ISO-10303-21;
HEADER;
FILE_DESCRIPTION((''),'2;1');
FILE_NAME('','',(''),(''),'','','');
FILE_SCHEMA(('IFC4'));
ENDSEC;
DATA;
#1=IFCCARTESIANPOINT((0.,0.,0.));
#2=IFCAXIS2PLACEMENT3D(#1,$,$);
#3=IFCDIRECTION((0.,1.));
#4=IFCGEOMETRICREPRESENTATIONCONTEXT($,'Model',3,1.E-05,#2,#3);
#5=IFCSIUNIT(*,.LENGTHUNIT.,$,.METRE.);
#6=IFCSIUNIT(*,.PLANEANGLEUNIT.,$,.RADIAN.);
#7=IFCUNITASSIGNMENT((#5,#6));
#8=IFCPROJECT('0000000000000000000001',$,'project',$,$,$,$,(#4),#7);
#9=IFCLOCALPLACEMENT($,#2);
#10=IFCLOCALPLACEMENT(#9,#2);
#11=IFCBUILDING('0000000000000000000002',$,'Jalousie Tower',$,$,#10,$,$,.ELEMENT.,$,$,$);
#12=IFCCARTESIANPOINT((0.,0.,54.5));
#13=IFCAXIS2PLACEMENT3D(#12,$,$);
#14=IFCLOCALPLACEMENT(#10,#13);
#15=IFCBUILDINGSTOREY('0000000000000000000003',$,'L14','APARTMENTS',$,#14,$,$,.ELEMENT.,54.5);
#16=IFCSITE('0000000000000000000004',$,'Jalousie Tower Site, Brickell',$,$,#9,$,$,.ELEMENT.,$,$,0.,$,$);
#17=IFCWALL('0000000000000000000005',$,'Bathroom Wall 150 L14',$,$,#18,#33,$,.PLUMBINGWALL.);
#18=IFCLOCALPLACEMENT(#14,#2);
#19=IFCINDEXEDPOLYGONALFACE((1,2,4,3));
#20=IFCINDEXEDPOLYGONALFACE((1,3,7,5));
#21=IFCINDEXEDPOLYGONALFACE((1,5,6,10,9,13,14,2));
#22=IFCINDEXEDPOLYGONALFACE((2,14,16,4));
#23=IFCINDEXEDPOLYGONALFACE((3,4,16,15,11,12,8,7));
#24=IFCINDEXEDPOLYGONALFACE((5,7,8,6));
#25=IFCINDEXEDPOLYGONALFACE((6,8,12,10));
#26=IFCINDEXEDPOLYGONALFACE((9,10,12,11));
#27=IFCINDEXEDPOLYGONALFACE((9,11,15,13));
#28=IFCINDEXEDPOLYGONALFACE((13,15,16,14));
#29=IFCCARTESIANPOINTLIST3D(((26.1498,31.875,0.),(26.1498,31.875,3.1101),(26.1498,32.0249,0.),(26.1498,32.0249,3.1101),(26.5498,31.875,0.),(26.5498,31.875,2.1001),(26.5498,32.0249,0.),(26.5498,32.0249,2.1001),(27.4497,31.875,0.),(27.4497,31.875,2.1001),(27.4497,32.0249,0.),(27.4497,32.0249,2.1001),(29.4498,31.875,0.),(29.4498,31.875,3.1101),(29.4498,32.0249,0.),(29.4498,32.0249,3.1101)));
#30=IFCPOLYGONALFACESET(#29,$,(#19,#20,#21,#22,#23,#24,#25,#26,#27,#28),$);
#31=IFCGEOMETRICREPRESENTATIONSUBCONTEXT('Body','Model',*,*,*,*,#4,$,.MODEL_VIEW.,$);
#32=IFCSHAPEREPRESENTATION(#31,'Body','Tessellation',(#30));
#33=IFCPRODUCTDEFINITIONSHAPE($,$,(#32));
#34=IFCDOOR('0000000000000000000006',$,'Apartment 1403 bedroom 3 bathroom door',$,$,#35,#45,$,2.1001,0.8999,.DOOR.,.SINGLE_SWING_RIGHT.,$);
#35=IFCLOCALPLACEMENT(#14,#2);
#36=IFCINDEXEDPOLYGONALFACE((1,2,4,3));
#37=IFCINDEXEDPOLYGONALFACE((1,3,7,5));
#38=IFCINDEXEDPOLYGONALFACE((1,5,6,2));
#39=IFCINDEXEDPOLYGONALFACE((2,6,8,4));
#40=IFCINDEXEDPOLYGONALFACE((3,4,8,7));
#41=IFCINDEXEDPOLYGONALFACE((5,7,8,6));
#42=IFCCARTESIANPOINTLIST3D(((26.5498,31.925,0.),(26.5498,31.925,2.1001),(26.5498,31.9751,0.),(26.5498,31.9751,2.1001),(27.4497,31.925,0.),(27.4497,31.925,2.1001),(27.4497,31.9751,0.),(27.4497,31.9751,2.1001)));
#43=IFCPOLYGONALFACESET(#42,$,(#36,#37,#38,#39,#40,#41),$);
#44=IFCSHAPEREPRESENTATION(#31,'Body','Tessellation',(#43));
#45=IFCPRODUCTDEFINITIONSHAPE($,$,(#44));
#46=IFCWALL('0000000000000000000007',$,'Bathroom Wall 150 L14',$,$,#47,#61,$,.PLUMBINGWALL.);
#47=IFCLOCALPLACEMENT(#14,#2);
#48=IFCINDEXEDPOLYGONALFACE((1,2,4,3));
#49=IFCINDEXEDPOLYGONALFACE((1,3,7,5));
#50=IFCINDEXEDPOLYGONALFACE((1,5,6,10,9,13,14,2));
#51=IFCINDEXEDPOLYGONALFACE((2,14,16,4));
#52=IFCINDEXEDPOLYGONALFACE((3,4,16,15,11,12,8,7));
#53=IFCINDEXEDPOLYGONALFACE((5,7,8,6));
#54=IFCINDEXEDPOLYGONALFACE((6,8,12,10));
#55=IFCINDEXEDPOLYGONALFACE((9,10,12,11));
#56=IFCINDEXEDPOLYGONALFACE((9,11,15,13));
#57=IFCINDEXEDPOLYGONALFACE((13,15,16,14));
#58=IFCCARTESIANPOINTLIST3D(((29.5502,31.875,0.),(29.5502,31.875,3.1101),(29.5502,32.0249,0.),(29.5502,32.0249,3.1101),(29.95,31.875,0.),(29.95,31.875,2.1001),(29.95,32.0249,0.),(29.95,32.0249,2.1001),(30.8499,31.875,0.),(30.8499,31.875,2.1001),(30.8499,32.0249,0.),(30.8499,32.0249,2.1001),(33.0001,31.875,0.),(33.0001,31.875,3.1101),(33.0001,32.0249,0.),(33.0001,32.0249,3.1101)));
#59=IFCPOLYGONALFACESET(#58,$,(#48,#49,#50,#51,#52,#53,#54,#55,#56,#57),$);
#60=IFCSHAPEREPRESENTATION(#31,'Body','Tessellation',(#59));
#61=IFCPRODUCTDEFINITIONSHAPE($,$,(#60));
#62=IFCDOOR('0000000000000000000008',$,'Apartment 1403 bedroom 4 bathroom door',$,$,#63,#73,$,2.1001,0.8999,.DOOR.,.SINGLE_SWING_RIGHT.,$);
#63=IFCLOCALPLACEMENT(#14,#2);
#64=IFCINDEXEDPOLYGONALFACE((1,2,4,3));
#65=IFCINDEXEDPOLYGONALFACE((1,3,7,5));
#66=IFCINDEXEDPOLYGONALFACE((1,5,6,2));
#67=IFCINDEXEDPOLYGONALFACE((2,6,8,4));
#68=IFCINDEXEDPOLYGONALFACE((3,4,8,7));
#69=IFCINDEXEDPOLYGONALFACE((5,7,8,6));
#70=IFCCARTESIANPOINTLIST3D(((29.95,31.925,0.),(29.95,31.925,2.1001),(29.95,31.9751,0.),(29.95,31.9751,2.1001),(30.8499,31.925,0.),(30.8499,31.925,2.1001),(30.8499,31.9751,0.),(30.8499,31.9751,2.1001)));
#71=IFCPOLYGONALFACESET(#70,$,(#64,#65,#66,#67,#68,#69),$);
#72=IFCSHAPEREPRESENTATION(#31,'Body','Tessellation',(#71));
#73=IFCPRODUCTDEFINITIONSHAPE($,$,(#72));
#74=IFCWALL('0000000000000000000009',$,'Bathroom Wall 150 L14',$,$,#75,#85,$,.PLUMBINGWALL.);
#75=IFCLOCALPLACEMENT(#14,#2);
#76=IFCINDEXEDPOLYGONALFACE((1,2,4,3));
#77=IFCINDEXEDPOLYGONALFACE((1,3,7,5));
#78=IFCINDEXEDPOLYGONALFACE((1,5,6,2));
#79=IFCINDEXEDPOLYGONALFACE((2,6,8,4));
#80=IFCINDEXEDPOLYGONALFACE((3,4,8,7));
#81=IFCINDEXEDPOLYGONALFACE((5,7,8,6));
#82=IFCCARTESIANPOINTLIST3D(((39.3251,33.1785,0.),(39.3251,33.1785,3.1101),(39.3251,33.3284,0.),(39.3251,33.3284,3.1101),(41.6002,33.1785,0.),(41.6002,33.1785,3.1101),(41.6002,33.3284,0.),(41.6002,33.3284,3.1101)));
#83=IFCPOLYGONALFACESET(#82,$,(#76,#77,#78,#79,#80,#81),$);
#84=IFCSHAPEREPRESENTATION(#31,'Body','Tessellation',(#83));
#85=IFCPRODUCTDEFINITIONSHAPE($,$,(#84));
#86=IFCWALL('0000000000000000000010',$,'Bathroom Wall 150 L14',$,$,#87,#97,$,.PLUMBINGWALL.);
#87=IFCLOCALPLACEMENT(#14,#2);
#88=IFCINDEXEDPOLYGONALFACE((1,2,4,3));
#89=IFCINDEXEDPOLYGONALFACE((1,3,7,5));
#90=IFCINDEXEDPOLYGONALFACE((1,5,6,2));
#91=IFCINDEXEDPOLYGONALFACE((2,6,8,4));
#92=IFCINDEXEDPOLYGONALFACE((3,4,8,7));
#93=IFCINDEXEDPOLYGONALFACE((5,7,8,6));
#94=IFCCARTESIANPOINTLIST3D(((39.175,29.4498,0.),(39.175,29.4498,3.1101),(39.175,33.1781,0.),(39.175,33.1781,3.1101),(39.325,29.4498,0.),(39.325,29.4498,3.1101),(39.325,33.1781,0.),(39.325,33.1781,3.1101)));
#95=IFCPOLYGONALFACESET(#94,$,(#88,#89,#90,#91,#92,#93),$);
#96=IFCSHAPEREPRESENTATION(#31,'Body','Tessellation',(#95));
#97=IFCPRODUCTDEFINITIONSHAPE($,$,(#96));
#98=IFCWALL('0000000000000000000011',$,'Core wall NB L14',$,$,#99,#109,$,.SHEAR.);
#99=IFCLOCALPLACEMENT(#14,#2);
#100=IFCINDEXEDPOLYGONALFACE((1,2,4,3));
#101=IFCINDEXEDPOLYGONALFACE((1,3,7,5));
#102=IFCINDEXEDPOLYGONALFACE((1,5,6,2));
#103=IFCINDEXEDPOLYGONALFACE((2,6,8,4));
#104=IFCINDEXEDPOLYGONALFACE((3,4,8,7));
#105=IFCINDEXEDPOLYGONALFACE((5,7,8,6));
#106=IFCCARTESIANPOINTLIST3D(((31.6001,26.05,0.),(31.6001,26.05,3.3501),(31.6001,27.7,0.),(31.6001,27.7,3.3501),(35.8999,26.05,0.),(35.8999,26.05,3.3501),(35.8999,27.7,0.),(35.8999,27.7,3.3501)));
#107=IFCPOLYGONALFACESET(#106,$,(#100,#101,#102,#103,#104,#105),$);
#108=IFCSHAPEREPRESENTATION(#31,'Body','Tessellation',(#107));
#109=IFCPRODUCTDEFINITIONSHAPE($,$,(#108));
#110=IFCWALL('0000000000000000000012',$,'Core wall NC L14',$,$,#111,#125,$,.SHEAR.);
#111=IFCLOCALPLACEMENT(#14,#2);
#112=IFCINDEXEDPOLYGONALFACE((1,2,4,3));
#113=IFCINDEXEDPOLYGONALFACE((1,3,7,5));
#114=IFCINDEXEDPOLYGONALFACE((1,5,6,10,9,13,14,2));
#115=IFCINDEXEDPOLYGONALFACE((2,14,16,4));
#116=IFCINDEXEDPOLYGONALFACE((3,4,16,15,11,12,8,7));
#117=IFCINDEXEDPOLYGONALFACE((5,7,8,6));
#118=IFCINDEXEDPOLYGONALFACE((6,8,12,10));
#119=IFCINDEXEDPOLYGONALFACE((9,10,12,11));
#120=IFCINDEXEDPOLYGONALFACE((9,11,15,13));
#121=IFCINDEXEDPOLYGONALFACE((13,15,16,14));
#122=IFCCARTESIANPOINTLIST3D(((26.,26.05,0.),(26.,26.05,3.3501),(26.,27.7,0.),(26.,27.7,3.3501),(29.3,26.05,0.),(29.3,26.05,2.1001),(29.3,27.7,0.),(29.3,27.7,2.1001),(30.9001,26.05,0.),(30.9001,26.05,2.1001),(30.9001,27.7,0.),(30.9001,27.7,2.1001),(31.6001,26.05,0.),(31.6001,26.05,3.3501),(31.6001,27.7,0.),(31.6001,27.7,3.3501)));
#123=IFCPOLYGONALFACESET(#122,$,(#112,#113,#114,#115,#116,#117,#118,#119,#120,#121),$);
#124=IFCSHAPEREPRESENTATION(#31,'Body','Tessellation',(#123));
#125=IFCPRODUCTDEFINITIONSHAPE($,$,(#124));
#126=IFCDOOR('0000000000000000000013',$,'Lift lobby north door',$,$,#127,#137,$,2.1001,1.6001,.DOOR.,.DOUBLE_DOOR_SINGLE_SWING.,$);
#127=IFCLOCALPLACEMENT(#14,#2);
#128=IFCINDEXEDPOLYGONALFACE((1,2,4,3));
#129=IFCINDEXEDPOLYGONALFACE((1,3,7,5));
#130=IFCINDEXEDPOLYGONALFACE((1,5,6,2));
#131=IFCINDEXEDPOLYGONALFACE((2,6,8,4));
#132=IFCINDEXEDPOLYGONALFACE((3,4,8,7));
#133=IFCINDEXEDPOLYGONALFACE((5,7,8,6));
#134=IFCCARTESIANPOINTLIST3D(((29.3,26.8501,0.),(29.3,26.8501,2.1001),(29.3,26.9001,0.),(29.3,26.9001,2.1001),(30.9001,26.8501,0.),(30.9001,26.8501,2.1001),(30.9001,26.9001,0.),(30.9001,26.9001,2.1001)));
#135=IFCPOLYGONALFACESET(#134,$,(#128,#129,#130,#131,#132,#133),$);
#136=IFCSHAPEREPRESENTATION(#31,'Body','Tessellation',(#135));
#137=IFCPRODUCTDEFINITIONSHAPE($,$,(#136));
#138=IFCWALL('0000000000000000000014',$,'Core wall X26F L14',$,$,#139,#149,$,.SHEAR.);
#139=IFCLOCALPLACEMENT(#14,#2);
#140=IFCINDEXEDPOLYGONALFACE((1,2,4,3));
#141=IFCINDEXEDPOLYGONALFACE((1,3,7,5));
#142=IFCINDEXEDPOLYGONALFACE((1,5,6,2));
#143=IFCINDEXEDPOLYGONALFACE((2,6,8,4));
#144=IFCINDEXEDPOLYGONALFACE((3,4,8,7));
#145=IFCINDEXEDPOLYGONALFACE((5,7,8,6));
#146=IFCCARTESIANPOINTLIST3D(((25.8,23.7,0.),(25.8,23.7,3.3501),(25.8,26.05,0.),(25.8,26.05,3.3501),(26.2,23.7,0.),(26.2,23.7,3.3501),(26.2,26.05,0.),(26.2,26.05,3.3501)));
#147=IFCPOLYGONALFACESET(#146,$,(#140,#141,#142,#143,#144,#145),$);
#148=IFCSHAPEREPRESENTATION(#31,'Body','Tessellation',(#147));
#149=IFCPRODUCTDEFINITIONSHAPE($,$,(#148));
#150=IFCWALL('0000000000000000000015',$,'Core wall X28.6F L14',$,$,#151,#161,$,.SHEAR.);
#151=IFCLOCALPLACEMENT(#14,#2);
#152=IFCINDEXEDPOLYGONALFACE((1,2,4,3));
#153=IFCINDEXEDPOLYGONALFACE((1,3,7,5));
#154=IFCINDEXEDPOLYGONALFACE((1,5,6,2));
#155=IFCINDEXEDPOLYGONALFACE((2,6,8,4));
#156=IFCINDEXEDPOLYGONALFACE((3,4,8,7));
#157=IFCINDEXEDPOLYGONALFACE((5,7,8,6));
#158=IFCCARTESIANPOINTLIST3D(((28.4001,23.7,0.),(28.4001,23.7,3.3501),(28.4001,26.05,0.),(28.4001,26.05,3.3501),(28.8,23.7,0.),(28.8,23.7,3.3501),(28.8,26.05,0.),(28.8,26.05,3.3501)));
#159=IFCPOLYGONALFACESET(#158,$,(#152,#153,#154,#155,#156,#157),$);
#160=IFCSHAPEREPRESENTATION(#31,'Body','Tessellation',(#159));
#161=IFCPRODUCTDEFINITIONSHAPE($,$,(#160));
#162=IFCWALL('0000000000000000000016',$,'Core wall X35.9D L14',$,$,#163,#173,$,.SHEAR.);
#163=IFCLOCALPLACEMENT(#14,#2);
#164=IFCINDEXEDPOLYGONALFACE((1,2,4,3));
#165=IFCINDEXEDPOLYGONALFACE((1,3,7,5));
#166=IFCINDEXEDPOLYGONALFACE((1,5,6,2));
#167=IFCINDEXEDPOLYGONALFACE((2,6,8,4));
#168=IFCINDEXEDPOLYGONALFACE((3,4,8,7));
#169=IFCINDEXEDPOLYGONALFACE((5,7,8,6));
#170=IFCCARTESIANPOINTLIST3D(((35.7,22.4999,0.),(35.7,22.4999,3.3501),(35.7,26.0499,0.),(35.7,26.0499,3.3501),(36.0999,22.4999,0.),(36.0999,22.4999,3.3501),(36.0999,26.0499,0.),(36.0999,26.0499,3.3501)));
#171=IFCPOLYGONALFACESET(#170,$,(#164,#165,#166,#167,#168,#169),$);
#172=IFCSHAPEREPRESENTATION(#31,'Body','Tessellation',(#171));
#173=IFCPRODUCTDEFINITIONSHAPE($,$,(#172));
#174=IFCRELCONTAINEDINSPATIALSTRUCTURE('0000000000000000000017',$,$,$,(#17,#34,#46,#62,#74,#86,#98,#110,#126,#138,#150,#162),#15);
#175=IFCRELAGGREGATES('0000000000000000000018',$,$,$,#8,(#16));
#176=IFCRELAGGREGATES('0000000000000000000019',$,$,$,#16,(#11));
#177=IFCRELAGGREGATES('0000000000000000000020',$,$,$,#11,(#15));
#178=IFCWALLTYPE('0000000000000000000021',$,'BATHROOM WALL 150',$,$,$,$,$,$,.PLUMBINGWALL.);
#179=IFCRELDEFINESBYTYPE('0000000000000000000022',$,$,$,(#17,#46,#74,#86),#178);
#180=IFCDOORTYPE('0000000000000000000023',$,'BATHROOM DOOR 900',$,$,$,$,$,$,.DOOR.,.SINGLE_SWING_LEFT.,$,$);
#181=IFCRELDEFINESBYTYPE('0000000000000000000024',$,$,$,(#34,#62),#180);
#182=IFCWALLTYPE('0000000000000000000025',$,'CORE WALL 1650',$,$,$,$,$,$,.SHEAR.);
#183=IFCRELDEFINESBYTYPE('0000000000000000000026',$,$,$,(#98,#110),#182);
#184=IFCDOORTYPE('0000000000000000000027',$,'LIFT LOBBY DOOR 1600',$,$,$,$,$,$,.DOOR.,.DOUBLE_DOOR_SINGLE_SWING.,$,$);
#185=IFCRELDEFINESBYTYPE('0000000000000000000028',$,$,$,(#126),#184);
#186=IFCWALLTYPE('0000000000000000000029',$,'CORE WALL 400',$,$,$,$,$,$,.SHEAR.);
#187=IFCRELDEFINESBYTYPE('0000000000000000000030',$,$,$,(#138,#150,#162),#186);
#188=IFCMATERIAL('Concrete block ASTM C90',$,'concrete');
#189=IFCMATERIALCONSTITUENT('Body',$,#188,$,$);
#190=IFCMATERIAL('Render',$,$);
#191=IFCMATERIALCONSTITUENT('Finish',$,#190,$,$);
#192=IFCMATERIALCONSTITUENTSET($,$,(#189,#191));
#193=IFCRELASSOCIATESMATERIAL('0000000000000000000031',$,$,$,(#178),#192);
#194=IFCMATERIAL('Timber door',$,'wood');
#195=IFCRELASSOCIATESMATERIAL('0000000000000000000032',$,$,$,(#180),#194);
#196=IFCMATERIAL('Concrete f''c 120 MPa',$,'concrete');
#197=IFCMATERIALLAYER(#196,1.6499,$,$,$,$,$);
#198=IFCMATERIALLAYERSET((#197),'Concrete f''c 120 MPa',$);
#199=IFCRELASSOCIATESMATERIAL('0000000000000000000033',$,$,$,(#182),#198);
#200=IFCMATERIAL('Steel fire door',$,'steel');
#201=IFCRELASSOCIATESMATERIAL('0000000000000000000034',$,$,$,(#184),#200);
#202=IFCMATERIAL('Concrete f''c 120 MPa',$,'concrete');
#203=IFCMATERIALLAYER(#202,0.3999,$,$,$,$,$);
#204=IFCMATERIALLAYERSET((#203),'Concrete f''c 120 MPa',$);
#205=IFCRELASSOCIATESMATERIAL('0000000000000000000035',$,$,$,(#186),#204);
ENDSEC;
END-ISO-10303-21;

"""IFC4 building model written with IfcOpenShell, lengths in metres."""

from ifc_helpers import new_model, si_unit, direction, frame, frame_2d, origin, place, context, subcontext, project, spatial, rectangle, extrude, material, layer, layer_set, constituent, constituent_set, type_object, element, fill, save


model = new_model("IFC4")

# Units and contexts
model_context = context("Model", 3, precision=1e-05, world=origin(), true_north=direction((0.0, 1.0)))
body_context = subcontext(model_context, "Body", "Model", "MODEL_VIEW")
ifc_project = project(units=[si_unit("LENGTHUNIT", "METRE"), si_unit("PLANEANGLEUNIT", "RADIAN")], contexts=[model_context])

# Site, building, storey
site_placement = place(None, origin())
site = spatial("IfcSite", under=ifc_project, at=site_placement, Name="Jalousie Tower Site, Brickell", CompositionType="ELEMENT", RefElevation=0.0)
building_placement = place(site_placement, origin())
building = spatial("IfcBuilding", under=site, at=building_placement, Name="Jalousie Tower", CompositionType="ELEMENT")
storey_placement = place(building_placement, frame((0.0, 0.0, 54.5)))
storey = spatial("IfcBuildingStorey", under=building, at=storey_placement, Name="L14", Description="APARTMENTS", CompositionType="ELEMENT", Elevation=54.5)

# Walls, openings, doors
ifc_material_1 = material(Name="Concrete block ASTM C90", Category="concrete")
ifc_constituent_1 = constituent(ifc_material_1, Name="Body")
ifc_material_2 = material(Name="Render")
ifc_constituent_2 = constituent(ifc_material_2, Name="Finish")
ifc_constituent_set_1 = constituent_set(constituents=[ifc_constituent_1, ifc_constituent_2])
wall_type_1 = type_object("IfcWallType", Name="BATHROOM WALL 150", PredefinedType="PLUMBINGWALL", material=ifc_constituent_set_1)
wall_1_placement = place(storey_placement, frame((26.1499, 31.95, 0.0), z_axis=(0.0, 0.0, 1.0), x_axis=(1.0, 0.0, 0.0)))
wall_1 = element("IfcWall", 1, at=wall_1_placement, inside=storey, type_object=wall_type_1, Name="Bathroom Wall 150 L14", PredefinedType="PLUMBINGWALL", context=body_context, shape_type="SweptSolid", body=[
    extrude(rectangle(XDim=3.3, YDim=0.1499, at=frame_2d((1.6499, 0.0))), origin(), (0.0, 0.0, 1.0), 3.1101),
])
opening_1_placement = place(wall_1_placement, frame((0.3999, 0.0, 0.0)))
opening_1 = element("IfcOpeningElement", 2, at=opening_1_placement, cuts=wall_1, PredefinedType="OPENING", context=body_context, shape_type="SweptSolid", body=[
    extrude(rectangle(XDim=0.8999, YDim=2.1001, at=frame_2d((0.45, 1.05))), frame((0.0, 0.085, 0.0), z_axis=(0.0, -1.0, 0.0), x_axis=(1.0, 0.0, 0.0)), (0.0, 0.0, 1.0), 0.1699),
])
ifc_material_3 = material(Name="Timber door", Category="wood")
door_type_1 = type_object("IfcDoorType", Name="BATHROOM DOOR 900", OperationType="SINGLE_SWING_LEFT", PredefinedType="DOOR", material=ifc_material_3)
door_1_placement = place(opening_1_placement, frame((0.8999, 0.0, 0.0), z_axis=(0.0, 0.0, 1.0), x_axis=(-1.0, 0.0, 0.0)))
door_1 = element("IfcDoor", 3, at=door_1_placement, inside=storey, type_object=door_type_1, Name="Apartment 1403 bedroom 3 bathroom door", OperationType="SINGLE_SWING_RIGHT", OverallHeight=2.1001, OverallWidth=0.8999, PredefinedType="DOOR", context=body_context, shape_type="SweptSolid", body=[
    extrude(rectangle(XDim=0.8999, YDim=2.1001, at=frame_2d((0.45, 1.05))), frame((0.0, 0.0249, 0.0), z_axis=(0.0, -1.0, 0.0), x_axis=(1.0, 0.0, 0.0)), (0.0, 0.0, 1.0), 0.05),
])
fill(opening_1, door_1)
wall_2_placement = place(storey_placement, frame((29.55, 31.95, 0.0), z_axis=(0.0, 0.0, 1.0), x_axis=(1.0, 0.0, 0.0)))
wall_2 = element("IfcWall", 4, at=wall_2_placement, inside=storey, type_object=wall_type_1, Name="Bathroom Wall 150 L14", PredefinedType="PLUMBINGWALL", context=body_context, shape_type="SweptSolid", body=[
    extrude(rectangle(XDim=3.45, YDim=0.1499, at=frame_2d((1.7251, 0.0))), origin(), (0.0, 0.0, 1.0), 3.1101),
])
opening_2_placement = place(wall_2_placement, frame((0.3999, 0.0, 0.0)))
opening_2 = element("IfcOpeningElement", 5, at=opening_2_placement, cuts=wall_2, PredefinedType="OPENING", context=body_context, shape_type="SweptSolid", body=[
    extrude(rectangle(XDim=0.8999, YDim=2.1001, at=frame_2d((0.45, 1.05))), frame((0.0, 0.085, 0.0), z_axis=(0.0, -1.0, 0.0), x_axis=(1.0, 0.0, 0.0)), (0.0, 0.0, 1.0), 0.1699),
])
door_2_placement = place(opening_2_placement, frame((0.8999, 0.0, 0.0), z_axis=(0.0, 0.0, 1.0), x_axis=(-1.0, 0.0, 0.0)))
door_2 = element("IfcDoor", 6, at=door_2_placement, inside=storey, type_object=door_type_1, Name="Apartment 1403 bedroom 4 bathroom door", OperationType="SINGLE_SWING_RIGHT", OverallHeight=2.1001, OverallWidth=0.8999, PredefinedType="DOOR", context=body_context, shape_type="SweptSolid", body=[
    extrude(rectangle(XDim=0.8999, YDim=2.1001, at=frame_2d((0.45, 1.05))), frame((0.0, 0.0249, 0.0), z_axis=(0.0, -1.0, 0.0), x_axis=(1.0, 0.0, 0.0)), (0.0, 0.0, 1.0), 0.05),
])
fill(opening_2, door_2)

# Walls
wall_3_placement = place(storey_placement, frame((39.325, 33.2534, 0.0), z_axis=(0.0, 0.0, 1.0), x_axis=(1.0, 0.0, 0.0)))
element("IfcWall", 7, at=wall_3_placement, inside=storey, type_object=wall_type_1, Name="Bathroom Wall 150 L14", PredefinedType="PLUMBINGWALL", context=body_context, shape_type="SweptSolid", body=[
    extrude(rectangle(XDim=2.2751, YDim=0.1499, at=frame_2d((1.1377, 0.0))), origin(), (0.0, 0.0, 1.0), 3.1101),
])
wall_4_placement = place(storey_placement, frame((39.25, 33.1782, 0.0), z_axis=(0.0, 0.0, 1.0), x_axis=(0.0, -1.0, 0.0)))
element("IfcWall", 8, at=wall_4_placement, inside=storey, type_object=wall_type_1, Name="Bathroom Wall 150 L14", PredefinedType="PLUMBINGWALL", context=body_context, shape_type="SweptSolid", body=[
    extrude(rectangle(XDim=3.7283, YDim=0.1499, at=frame_2d((1.8643, 0.0))), origin(), (0.0, 0.0, 1.0), 3.1101),
])
ifc_material_4 = material(Name="Concrete f'c 120 MPa", Category="concrete")
ifc_layer_1 = layer(ifc_material_4, 1.6499)
ifc_layer_set_1 = layer_set([ifc_layer_1], Name="Concrete f'c 120 MPa")
wall_type_2 = type_object("IfcWallType", Name="CORE WALL 1650", PredefinedType="SHEAR", material=ifc_layer_set_1)
wall_5_placement = place(storey_placement, frame((35.8999, 26.875, 0.0), z_axis=(0.0, 0.0, 1.0), x_axis=(-1.0, 0.0, 0.0)))
element("IfcWall", 9, at=wall_5_placement, inside=storey, type_object=wall_type_2, Name="Core wall NB L14", PredefinedType="SHEAR", context=body_context, shape_type="SweptSolid", body=[
    extrude(rectangle(XDim=4.2998, YDim=1.6499, at=frame_2d((2.1499, 0.0))), origin(), (0.0, 0.0, 1.0), 3.3501),
])

# Wall, opening, door
wall_6_placement = place(storey_placement, frame((31.6001, 26.875, 0.0), z_axis=(0.0, 0.0, 1.0), x_axis=(-1.0, 0.0, 0.0)))
wall_6 = element("IfcWall", 10, at=wall_6_placement, inside=storey, type_object=wall_type_2, Name="Core wall NC L14", PredefinedType="SHEAR", context=body_context, shape_type="SweptSolid", body=[
    extrude(rectangle(XDim=5.6001, YDim=1.6499, at=frame_2d((2.8, 0.0))), origin(), (0.0, 0.0, 1.0), 3.3501),
])
opening_3_placement = place(wall_6_placement, frame((0.7, 0.0, 0.0)))
opening_3 = element("IfcOpeningElement", 11, at=opening_3_placement, cuts=wall_6, PredefinedType="OPENING", context=body_context, shape_type="SweptSolid", body=[
    extrude(rectangle(XDim=1.6001, YDim=2.1001, at=frame_2d((0.8, 1.05))), frame((0.0, 0.835, 0.0), z_axis=(0.0, -1.0, 0.0), x_axis=(1.0, 0.0, 0.0)), (0.0, 0.0, 1.0), 1.6699),
])
ifc_material_5 = material(Name="Steel fire door", Category="steel")
door_type_2 = type_object("IfcDoorType", Name="LIFT LOBBY DOOR 1600", OperationType="DOUBLE_DOOR_SINGLE_SWING", PredefinedType="DOOR", material=ifc_material_5)
door_3_placement = place(opening_3_placement, origin())
door_3 = element("IfcDoor", 12, at=door_3_placement, inside=storey, type_object=door_type_2, Name="Lift lobby north door", OperationType="DOUBLE_DOOR_SINGLE_SWING", OverallHeight=2.1001, OverallWidth=1.6001, PredefinedType="DOOR", context=body_context, shape_type="SweptSolid", body=[
    extrude(rectangle(XDim=1.6001, YDim=2.1001, at=frame_2d((0.8, 1.05))), frame((0.0, 0.0249, 0.0), z_axis=(0.0, -1.0, 0.0), x_axis=(1.0, 0.0, 0.0)), (0.0, 0.0, 1.0), 0.05),
])
fill(opening_3, door_3)

# Walls
ifc_material_6 = material(Name="Concrete f'c 120 MPa", Category="concrete")
ifc_layer_2 = layer(ifc_material_6, 0.3999)
ifc_layer_set_2 = layer_set([ifc_layer_2], Name="Concrete f'c 120 MPa")
wall_type_3 = type_object("IfcWallType", Name="CORE WALL 400", PredefinedType="SHEAR", material=ifc_layer_set_2)
for number, where, z_axis, x_axis, name in (
    (13, (26.0, 23.7, 0.0), (0.0, 0.0, 1.0), (0.0, 1.0, 0.0), "Core wall X26F L14"),
    (14, (28.6001, 23.7, 0.0), (0.0, 0.0, 1.0), (0.0, 1.0, 0.0), "Core wall X28.6F L14"),
):
    element("IfcWall", number, at=place(storey_placement, frame(where, z_axis=z_axis, x_axis=x_axis)), inside=storey, type_object=wall_type_3, Name=name, PredefinedType="SHEAR", context=body_context, shape_type="SweptSolid", body=[
        extrude(rectangle(XDim=2.3501, YDim=0.3999, at=frame_2d((1.175, 0.0))), origin(), (0.0, 0.0, 1.0), 3.3501),
    ])
wall_7_placement = place(storey_placement, frame((35.8999, 22.5, 0.0), z_axis=(0.0, 0.0, 1.0), x_axis=(0.0, 1.0, 0.0)))
element("IfcWall", 15, at=wall_7_placement, inside=storey, type_object=wall_type_3, Name="Core wall X35.9D L14", PredefinedType="SHEAR", context=body_context, shape_type="SweptSolid", body=[
    extrude(rectangle(XDim=3.55, YDim=0.3999, at=frame_2d((1.7749, 0.0))), origin(), (0.0, 0.0, 1.0), 3.3501),
])

save(model, "model.ifc")
